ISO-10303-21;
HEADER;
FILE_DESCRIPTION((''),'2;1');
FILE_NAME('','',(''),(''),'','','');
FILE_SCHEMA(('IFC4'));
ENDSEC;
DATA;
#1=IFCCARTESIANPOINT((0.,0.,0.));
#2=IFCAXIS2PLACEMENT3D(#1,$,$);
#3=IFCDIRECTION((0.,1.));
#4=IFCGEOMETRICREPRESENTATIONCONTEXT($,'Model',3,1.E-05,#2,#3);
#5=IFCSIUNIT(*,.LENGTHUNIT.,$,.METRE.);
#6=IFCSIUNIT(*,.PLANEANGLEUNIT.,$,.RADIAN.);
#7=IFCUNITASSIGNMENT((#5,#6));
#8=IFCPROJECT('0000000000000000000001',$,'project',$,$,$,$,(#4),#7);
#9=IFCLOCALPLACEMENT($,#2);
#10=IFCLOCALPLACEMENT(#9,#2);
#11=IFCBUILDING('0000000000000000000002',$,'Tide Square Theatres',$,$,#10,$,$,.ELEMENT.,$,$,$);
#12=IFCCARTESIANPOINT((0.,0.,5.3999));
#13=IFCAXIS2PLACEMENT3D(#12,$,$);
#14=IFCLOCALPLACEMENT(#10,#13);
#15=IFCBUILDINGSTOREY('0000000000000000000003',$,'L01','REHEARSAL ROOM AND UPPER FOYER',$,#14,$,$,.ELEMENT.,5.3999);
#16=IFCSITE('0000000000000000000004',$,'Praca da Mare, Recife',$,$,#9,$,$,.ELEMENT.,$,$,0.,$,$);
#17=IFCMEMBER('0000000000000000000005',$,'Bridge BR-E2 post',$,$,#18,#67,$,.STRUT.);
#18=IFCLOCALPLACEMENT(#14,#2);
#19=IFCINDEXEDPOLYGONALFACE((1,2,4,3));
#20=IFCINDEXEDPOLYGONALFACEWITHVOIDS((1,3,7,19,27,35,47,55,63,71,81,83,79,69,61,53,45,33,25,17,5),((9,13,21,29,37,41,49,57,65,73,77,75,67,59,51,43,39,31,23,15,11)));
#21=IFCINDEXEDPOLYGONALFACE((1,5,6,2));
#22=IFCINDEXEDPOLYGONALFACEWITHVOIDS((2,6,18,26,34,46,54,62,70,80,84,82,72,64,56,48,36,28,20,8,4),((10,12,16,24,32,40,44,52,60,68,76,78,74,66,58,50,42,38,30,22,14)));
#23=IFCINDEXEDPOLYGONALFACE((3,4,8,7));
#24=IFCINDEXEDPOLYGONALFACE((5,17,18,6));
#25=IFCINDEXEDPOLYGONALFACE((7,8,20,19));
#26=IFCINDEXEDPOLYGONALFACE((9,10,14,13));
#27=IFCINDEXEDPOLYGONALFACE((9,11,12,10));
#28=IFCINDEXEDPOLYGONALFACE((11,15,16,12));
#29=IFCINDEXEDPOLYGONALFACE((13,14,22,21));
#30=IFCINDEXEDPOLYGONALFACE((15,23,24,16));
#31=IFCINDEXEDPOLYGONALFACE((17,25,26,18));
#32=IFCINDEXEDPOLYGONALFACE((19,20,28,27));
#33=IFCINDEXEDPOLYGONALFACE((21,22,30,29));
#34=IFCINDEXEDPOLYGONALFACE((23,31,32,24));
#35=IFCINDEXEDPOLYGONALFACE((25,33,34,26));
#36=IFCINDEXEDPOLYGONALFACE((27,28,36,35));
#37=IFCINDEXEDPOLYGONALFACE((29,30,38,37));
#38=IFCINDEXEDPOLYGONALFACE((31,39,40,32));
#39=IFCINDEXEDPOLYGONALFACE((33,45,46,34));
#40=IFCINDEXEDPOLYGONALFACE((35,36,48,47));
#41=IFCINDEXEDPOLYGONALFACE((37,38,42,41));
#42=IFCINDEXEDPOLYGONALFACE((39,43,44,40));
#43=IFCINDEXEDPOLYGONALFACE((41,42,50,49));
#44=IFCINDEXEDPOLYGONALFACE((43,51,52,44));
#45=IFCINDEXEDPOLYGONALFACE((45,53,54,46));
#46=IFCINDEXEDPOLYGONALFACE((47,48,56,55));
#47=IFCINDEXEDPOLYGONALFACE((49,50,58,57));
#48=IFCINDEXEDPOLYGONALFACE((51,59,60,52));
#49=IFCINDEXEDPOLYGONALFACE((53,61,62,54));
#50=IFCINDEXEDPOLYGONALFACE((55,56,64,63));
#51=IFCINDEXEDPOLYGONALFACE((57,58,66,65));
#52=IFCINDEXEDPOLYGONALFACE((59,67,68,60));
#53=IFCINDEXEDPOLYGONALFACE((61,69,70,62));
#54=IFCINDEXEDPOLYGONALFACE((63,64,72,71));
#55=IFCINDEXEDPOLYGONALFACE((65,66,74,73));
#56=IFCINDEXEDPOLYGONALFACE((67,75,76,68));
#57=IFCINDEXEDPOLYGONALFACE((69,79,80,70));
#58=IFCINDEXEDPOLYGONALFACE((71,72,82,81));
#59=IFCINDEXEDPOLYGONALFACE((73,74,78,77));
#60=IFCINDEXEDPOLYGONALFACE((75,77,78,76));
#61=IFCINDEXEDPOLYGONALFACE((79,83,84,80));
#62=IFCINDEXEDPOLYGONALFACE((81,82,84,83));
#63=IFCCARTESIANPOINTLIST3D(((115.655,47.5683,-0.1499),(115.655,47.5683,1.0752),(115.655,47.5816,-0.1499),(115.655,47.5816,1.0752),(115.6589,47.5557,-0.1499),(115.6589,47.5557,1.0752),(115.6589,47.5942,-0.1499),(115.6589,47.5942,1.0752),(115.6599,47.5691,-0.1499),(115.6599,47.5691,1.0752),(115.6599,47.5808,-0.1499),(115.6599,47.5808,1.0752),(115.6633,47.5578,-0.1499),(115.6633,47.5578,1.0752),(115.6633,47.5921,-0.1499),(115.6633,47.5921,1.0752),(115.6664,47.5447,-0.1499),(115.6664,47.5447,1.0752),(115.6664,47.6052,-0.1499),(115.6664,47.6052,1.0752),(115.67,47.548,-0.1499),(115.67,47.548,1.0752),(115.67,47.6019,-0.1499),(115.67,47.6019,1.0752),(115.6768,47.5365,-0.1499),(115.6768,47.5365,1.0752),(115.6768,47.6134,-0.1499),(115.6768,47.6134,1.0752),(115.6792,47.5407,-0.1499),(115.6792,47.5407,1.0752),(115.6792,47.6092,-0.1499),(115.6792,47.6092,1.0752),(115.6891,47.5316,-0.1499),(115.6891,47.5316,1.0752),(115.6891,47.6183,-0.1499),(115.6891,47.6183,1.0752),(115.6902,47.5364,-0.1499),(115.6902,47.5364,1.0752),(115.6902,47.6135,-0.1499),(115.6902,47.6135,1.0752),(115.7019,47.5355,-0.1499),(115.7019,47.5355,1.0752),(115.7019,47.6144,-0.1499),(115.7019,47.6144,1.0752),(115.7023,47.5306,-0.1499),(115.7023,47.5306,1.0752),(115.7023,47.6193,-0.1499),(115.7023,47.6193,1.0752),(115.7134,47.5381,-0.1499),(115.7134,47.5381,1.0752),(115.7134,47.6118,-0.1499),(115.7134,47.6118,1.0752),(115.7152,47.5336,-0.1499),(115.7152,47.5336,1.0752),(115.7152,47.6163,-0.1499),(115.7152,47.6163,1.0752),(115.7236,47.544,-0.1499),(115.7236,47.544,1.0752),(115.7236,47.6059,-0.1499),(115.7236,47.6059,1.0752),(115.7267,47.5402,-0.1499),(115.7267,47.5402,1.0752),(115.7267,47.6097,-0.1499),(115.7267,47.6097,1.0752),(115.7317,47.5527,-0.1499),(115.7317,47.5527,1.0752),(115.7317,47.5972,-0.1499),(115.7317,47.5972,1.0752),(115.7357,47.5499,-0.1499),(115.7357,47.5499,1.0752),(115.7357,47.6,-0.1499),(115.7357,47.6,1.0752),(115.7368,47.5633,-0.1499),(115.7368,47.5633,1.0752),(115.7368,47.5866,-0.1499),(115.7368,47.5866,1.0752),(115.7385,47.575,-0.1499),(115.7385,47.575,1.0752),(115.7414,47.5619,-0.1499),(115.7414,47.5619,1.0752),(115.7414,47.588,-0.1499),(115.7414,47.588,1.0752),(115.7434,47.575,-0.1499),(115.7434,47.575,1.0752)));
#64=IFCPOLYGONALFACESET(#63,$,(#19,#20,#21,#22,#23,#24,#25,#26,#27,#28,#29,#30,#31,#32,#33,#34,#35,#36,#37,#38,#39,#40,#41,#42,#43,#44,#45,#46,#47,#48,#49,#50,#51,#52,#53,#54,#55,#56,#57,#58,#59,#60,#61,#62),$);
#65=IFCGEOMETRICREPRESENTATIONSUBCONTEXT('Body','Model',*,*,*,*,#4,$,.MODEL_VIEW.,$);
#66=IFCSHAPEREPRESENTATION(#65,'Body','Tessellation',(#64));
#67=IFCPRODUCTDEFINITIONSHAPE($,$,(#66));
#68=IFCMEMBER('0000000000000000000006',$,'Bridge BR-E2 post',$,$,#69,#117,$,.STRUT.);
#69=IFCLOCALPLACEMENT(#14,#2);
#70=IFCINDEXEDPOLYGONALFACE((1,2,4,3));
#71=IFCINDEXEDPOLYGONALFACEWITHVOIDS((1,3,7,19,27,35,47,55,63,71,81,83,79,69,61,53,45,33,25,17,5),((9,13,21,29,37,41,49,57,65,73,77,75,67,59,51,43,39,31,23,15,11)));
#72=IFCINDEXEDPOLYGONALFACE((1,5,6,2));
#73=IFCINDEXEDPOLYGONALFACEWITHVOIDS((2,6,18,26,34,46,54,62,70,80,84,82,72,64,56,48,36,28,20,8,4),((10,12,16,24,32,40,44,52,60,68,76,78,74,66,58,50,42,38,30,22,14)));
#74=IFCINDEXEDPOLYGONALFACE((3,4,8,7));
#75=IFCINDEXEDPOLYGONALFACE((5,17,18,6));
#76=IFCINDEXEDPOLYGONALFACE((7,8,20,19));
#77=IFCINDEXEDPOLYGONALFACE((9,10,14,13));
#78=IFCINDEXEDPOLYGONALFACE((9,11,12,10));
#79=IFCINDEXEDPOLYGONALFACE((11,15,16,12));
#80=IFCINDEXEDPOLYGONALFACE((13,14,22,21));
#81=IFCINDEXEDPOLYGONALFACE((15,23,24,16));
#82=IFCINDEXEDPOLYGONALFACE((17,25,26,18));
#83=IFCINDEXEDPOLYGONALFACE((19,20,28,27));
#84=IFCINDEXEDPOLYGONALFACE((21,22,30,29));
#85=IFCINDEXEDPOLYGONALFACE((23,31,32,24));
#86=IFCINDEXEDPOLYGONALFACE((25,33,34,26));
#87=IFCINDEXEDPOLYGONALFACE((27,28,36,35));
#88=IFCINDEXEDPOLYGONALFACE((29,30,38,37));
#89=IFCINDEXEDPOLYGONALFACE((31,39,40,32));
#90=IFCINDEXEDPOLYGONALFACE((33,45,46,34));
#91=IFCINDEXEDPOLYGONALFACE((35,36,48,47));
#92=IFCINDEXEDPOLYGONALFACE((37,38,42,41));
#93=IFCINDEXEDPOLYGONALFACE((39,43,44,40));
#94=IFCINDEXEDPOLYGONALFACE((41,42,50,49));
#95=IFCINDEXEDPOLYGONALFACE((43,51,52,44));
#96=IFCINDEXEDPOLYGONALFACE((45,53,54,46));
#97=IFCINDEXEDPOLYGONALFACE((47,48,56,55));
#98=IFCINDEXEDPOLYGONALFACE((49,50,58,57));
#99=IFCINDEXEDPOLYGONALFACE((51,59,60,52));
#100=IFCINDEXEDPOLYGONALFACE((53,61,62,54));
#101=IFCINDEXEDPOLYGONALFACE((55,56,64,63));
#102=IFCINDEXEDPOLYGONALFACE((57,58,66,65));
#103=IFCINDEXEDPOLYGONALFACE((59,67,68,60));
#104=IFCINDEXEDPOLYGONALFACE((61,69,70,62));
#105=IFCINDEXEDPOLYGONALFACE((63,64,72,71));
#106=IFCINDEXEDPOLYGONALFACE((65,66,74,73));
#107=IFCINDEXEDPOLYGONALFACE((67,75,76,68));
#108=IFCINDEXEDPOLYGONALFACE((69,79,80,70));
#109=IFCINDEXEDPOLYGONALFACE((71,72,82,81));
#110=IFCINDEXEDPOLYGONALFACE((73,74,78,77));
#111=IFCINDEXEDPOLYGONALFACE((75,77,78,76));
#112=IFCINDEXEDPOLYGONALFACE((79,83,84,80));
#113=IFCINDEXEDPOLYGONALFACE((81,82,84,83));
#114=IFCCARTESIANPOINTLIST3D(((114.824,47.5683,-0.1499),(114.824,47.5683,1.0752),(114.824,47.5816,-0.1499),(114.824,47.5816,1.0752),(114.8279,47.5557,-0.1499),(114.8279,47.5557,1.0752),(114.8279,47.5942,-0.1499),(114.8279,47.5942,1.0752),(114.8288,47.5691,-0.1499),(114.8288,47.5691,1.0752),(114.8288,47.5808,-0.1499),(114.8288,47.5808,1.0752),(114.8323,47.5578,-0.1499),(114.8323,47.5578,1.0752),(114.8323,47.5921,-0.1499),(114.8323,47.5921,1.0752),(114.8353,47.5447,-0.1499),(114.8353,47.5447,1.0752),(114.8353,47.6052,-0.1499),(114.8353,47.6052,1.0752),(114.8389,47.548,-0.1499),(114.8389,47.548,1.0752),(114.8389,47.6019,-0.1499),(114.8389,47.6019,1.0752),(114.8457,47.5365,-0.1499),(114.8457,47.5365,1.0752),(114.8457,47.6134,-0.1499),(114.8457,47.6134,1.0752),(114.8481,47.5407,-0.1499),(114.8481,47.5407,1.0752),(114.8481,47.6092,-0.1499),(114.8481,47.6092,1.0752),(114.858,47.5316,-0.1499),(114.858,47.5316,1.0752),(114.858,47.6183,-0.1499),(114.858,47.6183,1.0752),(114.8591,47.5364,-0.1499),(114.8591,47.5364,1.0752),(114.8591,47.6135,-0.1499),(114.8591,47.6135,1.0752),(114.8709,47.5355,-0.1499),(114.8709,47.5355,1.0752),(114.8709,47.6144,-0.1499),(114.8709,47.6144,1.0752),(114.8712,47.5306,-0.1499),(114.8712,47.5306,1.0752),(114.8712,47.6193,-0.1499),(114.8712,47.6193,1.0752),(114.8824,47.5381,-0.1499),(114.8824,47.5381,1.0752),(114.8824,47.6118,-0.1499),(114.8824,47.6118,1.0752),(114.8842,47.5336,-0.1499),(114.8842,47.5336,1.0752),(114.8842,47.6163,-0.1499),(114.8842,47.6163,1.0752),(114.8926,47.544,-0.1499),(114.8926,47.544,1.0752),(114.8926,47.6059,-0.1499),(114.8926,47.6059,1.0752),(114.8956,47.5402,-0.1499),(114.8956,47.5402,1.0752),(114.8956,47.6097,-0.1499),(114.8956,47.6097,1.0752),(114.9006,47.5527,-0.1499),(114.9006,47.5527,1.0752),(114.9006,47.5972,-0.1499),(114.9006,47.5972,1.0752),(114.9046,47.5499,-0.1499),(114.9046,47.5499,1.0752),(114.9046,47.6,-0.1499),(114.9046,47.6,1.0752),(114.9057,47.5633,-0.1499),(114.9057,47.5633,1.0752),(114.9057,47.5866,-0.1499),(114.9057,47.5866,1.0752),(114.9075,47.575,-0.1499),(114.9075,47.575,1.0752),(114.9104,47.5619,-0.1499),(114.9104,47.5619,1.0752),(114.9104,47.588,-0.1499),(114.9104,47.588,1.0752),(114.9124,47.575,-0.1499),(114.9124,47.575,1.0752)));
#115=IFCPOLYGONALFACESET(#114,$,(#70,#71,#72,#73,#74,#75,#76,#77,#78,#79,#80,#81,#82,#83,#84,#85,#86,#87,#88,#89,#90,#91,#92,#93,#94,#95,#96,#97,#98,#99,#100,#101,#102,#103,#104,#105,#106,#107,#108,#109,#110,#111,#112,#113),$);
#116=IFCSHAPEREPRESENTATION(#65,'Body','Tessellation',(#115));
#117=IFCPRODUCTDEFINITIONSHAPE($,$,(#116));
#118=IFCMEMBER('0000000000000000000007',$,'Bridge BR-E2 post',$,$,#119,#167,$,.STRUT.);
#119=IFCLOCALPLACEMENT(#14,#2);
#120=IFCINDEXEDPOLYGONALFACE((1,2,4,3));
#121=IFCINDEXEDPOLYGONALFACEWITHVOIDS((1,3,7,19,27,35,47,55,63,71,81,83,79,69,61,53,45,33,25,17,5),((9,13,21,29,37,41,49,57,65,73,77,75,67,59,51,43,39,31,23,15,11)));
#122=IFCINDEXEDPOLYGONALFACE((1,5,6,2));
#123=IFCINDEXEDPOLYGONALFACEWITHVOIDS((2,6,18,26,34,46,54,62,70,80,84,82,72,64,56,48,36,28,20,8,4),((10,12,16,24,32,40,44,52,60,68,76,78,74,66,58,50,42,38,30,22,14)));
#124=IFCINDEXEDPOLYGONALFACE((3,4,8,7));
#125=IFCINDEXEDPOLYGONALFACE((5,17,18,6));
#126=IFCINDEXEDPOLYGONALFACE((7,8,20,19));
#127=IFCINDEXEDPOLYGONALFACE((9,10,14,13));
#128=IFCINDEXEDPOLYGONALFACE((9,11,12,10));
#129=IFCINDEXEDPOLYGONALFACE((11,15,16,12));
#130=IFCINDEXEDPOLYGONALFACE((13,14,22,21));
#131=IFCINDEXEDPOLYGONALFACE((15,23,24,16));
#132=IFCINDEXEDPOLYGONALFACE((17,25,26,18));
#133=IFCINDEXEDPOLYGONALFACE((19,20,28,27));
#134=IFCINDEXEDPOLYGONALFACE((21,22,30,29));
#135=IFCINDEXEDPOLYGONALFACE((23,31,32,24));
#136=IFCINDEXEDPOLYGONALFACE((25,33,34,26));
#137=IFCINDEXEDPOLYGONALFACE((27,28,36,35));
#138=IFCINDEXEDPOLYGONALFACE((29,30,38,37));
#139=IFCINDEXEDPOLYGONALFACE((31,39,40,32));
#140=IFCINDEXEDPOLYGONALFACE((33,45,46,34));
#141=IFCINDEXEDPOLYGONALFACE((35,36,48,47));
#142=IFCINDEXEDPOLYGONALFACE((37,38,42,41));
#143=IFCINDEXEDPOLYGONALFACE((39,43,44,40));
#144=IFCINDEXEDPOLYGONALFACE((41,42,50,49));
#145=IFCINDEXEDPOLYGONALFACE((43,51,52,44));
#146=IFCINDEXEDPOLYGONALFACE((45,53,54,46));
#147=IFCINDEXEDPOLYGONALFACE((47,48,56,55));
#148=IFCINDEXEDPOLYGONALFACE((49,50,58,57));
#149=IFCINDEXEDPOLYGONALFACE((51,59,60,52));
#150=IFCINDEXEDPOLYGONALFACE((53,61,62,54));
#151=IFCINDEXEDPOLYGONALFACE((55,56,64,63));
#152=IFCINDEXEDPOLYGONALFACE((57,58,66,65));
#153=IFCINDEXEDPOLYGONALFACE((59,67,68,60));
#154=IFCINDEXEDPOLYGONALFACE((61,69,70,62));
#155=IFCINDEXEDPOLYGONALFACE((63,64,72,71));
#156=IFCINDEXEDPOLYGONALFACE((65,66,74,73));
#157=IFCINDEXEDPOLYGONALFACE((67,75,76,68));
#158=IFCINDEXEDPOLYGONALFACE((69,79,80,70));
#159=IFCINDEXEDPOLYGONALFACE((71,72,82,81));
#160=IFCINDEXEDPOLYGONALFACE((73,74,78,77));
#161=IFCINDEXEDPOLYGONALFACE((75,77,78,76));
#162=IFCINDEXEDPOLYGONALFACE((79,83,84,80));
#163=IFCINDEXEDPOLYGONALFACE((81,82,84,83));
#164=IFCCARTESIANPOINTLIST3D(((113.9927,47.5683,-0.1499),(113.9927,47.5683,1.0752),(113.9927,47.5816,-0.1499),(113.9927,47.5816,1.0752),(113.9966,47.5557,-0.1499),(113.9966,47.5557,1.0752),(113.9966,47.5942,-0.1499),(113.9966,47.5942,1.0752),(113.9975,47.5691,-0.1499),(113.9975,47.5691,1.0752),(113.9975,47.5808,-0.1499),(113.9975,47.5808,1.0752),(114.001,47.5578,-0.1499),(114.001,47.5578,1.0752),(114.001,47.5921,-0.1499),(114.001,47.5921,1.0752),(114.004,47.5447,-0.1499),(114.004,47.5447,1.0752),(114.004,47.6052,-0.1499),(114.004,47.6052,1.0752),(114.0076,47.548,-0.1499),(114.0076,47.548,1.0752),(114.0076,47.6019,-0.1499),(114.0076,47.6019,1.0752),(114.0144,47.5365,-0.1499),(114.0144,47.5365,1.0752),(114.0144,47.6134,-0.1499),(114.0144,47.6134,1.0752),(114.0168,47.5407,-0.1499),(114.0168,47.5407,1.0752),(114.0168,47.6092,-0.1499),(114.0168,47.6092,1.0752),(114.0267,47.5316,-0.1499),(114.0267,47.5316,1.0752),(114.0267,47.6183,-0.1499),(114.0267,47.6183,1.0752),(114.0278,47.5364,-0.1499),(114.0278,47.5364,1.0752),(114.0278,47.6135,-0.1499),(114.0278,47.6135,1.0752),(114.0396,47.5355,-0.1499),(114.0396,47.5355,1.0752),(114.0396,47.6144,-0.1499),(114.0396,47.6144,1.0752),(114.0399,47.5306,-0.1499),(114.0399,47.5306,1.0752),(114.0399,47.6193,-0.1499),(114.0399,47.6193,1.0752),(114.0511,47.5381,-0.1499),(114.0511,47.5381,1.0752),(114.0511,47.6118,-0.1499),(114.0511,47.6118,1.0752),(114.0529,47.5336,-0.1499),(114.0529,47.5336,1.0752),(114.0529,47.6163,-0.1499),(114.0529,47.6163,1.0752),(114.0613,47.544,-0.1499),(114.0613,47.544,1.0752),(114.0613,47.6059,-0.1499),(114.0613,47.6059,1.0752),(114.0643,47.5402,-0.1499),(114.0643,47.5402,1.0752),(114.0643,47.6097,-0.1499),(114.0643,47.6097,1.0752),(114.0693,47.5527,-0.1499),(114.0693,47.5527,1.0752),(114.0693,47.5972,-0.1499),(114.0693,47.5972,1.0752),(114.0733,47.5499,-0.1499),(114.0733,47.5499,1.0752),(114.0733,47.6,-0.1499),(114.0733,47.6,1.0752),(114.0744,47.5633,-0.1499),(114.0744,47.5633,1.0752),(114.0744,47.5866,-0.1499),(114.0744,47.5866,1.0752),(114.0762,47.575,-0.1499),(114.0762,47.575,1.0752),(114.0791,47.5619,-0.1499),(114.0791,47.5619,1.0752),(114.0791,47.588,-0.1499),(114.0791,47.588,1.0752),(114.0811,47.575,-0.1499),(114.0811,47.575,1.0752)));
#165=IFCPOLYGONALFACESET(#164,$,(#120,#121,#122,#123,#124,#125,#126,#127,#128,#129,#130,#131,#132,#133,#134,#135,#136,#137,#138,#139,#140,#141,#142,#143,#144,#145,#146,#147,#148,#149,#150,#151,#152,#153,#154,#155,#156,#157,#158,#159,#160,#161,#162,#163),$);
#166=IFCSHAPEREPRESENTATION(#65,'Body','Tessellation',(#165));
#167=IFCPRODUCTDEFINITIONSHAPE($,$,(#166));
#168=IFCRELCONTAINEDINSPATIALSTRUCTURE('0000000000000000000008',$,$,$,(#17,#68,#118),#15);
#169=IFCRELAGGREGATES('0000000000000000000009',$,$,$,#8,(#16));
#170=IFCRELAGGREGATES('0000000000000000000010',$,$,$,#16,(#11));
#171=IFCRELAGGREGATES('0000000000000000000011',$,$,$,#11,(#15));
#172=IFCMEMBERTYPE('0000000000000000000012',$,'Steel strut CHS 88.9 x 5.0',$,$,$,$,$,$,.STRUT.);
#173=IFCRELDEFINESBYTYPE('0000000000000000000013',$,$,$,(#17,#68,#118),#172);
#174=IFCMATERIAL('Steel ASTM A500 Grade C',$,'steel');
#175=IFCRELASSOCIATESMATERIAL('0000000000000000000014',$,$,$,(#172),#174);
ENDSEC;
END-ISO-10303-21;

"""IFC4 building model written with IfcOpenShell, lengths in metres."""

from ifc_helpers import new_model, si_unit, direction, frame, origin, origin_2d, place, context, subcontext, project, spatial, hollow_circle, extrude, material, material_profile, profile_set, type_object, element, save


model = new_model("IFC4")

# Units and contexts
model_context = context("Model", 3, precision=1e-05, world=origin(), true_north=direction((0.0, 1.0)))
body_context = subcontext(model_context, "Body", "Model", "MODEL_VIEW")
ifc_project = project(units=[si_unit("LENGTHUNIT", "METRE"), si_unit("PLANEANGLEUNIT", "RADIAN")], contexts=[model_context])

# Site, building, storey
site_placement = place(None, origin())
site = spatial("IfcSite", under=ifc_project, at=site_placement, Name="Praca da Mare, Recife", CompositionType="ELEMENT", RefElevation=0.0)
building_placement = place(site_placement, origin())
building = spatial("IfcBuilding", under=site, at=building_placement, Name="Tide Square Theatres", CompositionType="ELEMENT")
storey_placement = place(building_placement, frame((0.0, 0.0, 5.3999)))
storey = spatial("IfcBuildingStorey", under=building, at=storey_placement, Name="L01", Description="REHEARSAL ROOM AND UPPER FOYER", CompositionType="ELEMENT", Elevation=5.3999)

# Members
ifc_material_1 = material(Name="Steel ASTM A500 Grade C", Category="steel")
ifc_material_profile_1 = material_profile(ifc_material_1, hollow_circle(Radius=0.0444, WallThickness=0.0049, at=origin_2d()))
ifc_profile_set_1 = profile_set([ifc_material_profile_1], Name="Steel ASTM A500 Grade C")
member_type_1 = type_object("IfcMemberType", Name="Steel strut CHS 88.9 x 5.0", PredefinedType="STRUT", material=ifc_profile_set_1)
for number, where, z_axis, x_axis, name in (
    (1, (115.699, 47.575, -0.1499), (0.0, 0.0, 1.0), (1.0, 0.0, 0.0), "Bridge BR-E2 post"),
    (2, (114.8679, 47.575, -0.1499), (0.0, 0.0, 1.0), (1.0, 0.0, 0.0), "Bridge BR-E2 post"),
    (3, (114.0366, 47.575, -0.1499), (0.0, 0.0, 1.0), (1.0, 0.0, 0.0), "Bridge BR-E2 post"),
):
    element("IfcMember", number, at=place(storey_placement, frame(where, z_axis=z_axis, x_axis=x_axis)), inside=storey, type_object=member_type_1, Name=name, PredefinedType="STRUT", context=body_context, shape_type="SweptSolid", body=[
        extrude(hollow_circle(Radius=0.0444, WallThickness=0.0049, at=origin_2d()), origin(), (0.0, 0.0, 1.0), 1.2251),
    ])

save(model, "model.ifc")
